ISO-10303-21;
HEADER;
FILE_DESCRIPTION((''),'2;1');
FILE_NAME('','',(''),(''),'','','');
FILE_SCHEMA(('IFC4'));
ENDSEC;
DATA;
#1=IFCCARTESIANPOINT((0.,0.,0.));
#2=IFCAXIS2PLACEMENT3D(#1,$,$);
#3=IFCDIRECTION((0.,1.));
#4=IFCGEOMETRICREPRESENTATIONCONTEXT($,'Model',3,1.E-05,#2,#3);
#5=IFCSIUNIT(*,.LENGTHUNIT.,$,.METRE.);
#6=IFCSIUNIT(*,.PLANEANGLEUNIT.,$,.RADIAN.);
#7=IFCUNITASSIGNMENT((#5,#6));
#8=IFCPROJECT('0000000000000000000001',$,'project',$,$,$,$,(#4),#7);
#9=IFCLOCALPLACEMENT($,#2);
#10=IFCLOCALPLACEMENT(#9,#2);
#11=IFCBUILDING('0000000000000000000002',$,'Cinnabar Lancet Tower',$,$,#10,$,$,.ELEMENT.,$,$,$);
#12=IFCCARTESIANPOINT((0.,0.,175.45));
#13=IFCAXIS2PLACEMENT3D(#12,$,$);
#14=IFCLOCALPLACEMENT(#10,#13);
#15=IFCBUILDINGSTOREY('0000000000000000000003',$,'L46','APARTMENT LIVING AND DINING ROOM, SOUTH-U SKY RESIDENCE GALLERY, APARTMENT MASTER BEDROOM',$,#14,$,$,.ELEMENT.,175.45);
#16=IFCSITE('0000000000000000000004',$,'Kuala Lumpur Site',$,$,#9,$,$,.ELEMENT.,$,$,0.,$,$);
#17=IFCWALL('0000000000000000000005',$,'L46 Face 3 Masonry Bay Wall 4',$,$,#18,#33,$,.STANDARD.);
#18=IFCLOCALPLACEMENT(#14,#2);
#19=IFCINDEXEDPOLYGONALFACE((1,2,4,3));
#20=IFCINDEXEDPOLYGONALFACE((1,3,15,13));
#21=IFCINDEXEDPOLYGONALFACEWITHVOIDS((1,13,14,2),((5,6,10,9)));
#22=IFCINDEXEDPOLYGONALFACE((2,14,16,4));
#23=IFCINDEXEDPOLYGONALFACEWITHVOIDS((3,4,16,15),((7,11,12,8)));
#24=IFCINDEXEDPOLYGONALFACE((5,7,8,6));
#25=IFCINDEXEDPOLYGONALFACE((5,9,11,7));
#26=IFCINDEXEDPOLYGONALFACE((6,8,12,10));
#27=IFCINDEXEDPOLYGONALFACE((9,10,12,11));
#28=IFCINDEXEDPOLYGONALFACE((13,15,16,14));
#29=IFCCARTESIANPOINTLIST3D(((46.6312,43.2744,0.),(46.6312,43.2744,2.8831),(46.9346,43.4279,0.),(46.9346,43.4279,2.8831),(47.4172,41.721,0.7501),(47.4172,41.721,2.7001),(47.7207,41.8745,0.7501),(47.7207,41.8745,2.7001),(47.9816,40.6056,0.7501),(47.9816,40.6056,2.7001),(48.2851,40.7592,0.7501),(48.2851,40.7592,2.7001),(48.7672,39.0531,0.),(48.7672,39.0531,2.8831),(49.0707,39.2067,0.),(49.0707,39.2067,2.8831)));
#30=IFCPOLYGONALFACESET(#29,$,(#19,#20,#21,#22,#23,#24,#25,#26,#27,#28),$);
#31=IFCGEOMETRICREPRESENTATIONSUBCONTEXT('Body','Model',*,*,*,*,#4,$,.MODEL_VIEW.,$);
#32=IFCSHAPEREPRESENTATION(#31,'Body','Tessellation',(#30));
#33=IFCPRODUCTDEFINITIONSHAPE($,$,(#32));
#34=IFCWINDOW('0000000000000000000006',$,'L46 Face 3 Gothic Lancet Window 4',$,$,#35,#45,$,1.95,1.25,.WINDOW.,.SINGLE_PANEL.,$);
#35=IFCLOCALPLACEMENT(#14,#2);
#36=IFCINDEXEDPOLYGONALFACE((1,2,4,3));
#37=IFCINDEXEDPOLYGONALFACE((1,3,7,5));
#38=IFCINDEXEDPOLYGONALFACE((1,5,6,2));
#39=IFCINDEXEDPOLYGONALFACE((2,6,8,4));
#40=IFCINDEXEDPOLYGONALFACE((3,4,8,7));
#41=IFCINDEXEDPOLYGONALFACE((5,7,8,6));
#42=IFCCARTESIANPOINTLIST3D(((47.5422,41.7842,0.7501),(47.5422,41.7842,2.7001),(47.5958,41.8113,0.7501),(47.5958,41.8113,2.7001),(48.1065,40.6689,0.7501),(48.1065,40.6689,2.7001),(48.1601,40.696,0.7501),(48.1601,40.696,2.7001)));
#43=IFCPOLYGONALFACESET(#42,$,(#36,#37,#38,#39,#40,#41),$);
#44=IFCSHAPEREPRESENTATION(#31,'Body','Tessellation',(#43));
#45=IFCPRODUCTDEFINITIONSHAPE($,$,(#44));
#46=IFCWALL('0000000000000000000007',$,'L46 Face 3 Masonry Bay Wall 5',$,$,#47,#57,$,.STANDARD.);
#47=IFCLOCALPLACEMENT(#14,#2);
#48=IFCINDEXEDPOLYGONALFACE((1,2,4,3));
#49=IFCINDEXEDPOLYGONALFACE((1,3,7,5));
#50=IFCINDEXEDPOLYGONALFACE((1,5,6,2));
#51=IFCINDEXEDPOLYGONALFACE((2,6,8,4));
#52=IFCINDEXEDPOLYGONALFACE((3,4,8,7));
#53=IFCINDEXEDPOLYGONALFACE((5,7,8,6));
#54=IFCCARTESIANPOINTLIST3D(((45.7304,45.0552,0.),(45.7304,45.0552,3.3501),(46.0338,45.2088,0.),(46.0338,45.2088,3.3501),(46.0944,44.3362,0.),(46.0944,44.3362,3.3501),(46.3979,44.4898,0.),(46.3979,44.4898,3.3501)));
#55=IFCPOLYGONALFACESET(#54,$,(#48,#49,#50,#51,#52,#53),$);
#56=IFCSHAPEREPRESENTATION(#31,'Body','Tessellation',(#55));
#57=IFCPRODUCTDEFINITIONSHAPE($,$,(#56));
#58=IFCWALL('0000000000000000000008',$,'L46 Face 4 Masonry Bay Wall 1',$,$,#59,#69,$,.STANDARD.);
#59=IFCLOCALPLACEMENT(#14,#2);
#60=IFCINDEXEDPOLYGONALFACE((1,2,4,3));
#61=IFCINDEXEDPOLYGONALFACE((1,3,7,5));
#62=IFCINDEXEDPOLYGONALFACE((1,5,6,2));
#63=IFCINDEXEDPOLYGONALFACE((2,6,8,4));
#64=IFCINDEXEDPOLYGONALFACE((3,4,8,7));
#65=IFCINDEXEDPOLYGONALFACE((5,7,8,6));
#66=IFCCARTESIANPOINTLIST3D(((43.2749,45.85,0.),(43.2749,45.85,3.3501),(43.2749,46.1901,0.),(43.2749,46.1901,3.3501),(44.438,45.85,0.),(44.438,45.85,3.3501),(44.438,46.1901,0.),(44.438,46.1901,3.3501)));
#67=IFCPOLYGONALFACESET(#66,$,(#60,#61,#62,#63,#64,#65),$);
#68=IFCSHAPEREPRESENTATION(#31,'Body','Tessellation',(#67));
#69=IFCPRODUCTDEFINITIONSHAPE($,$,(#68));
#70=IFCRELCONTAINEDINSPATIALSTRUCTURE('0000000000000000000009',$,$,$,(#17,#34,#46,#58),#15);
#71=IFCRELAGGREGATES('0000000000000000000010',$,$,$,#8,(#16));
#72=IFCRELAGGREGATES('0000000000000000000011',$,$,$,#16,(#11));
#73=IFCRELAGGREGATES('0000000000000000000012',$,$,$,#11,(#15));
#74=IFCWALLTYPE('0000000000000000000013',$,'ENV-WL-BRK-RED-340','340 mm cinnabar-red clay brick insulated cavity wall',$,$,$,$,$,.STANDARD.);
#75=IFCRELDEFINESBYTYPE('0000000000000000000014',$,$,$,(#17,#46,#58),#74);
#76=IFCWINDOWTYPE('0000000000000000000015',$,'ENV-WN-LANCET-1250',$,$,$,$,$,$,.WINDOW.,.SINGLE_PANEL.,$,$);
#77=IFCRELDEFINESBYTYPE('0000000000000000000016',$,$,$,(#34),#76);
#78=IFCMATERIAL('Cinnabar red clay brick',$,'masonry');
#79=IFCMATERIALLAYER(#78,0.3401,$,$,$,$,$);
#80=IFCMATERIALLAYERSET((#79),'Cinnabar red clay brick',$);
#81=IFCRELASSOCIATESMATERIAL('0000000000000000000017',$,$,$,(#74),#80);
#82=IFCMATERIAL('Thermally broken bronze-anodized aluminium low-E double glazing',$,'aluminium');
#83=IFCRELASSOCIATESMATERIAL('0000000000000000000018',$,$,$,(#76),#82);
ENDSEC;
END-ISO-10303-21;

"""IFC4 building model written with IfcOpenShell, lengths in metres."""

from ifc_helpers import new_model, si_unit, direction, frame, frame_2d, origin, place, context, subcontext, project, spatial, rectangle, extrude, material, layer, layer_set, type_object, element, fill, save


model = new_model("IFC4")

# Units and contexts
model_context = context("Model", 3, precision=1e-05, world=origin(), true_north=direction((0.0, 1.0)))
body_context = subcontext(model_context, "Body", "Model", "MODEL_VIEW")
ifc_project = project(units=[si_unit("LENGTHUNIT", "METRE"), si_unit("PLANEANGLEUNIT", "RADIAN")], contexts=[model_context])

# Site, building, storey
site_placement = place(None, origin())
site = spatial("IfcSite", under=ifc_project, at=site_placement, Name="Kuala Lumpur Site", CompositionType="ELEMENT", RefElevation=0.0)
building_placement = place(site_placement, origin())
building = spatial("IfcBuilding", under=site, at=building_placement, Name="Cinnabar Lancet Tower", CompositionType="ELEMENT")
storey_placement = place(building_placement, frame((0.0, 0.0, 175.45)))
storey = spatial("IfcBuildingStorey", under=building, at=storey_placement, Name="L46", Description="APARTMENT LIVING AND DINING ROOM, SOUTH-U SKY RESIDENCE GALLERY, APARTMENT MASTER BEDROOM", CompositionType="ELEMENT", Elevation=175.45)

# Shared definitions
ifc_material_1 = material(Name="Cinnabar red clay brick", Category="masonry")
ifc_layer_1 = layer(ifc_material_1, 0.3401)
ifc_layer_set_1 = layer_set([ifc_layer_1], Name="Cinnabar red clay brick")
wall_type_1 = type_object("IfcWallType", Name="ENV-WL-BRK-RED-340", Description="340 mm cinnabar-red clay brick insulated cavity wall", PredefinedType="STANDARD", material=ifc_layer_set_1)

# Wall, opening, window
wall_1_placement = place(storey_placement, frame((48.9189, 39.1299, 0.0), z_axis=(0.0, 0.0, 1.0), x_axis=(-0.451502, 0.89227, 0.0)))
wall_1 = element("IfcWall", 1, at=wall_1_placement, inside=storey, type_object=wall_type_1, Name="L46 Face 3 Masonry Bay Wall 4", PredefinedType="STANDARD", context=body_context, shape_type="SweptSolid", body=[
    extrude(rectangle(XDim=4.731, YDim=0.3401, at=frame_2d((2.3655, 0.0))), origin(), (0.0, 0.0, 1.0), 2.8831),
])
opening_placement = place(wall_1_placement, frame((1.74, 0.0, 0.75)))
opening = element("IfcOpeningElement", 2, at=opening_placement, cuts=wall_1, PredefinedType="OPENING", context=body_context, shape_type="SweptSolid", body=[
    extrude(rectangle(XDim=1.25, YDim=1.95, at=frame_2d((0.625, 0.9751))), frame((0.0, 0.1799, 0.0), z_axis=(0.0, -1.0, 0.0), x_axis=(1.0, 0.0, 0.0)), (0.0, 0.0, 1.0), 0.3601),
])
ifc_material_2 = material(Name="Thermally broken bronze-anodized aluminium low-E double glazing", Category="aluminium")
window_type = type_object("IfcWindowType", Name="ENV-WN-LANCET-1250", PartitioningType="SINGLE_PANEL", PredefinedType="WINDOW", material=ifc_material_2)
window_placement = place(opening_placement, origin())
window = element("IfcWindow", 3, at=window_placement, inside=storey, type_object=window_type, Name="L46 Face 3 Gothic Lancet Window 4", OverallHeight=1.95, OverallWidth=1.25, PartitioningType="SINGLE_PANEL", PredefinedType="WINDOW", context=body_context, shape_type="SweptSolid", body=[
    extrude(rectangle(XDim=1.25, YDim=1.95, at=frame_2d((0.625, 0.9751))), frame((0.0, 0.03, 0.0), z_axis=(0.0, -1.0, 0.0), x_axis=(1.0, 0.0, 0.0)), (0.0, 0.0, 1.0), 0.0601),
])
fill(opening, window)

# Walls
wall_2_placement = place(storey_placement, frame((46.2461, 44.4131, 0.0), z_axis=(0.0, 0.0, 1.0), x_axis=(-0.451692, 0.892174, 0.0)))
element("IfcWall", 4, at=wall_2_placement, inside=storey, type_object=wall_type_1, Name="L46 Face 3 Masonry Bay Wall 5", PredefinedType="STANDARD", context=body_context, shape_type="SweptSolid", body=[
    extrude(rectangle(XDim=0.8059, YDim=0.3401, at=frame_2d((0.4028, 0.0))), origin(), (0.0, 0.0, 1.0), 3.3501),
])
wall_3_placement = place(storey_placement, frame((44.438, 46.02, 0.0), z_axis=(0.0, 0.0, 1.0), x_axis=(-1.0, 0.0, 0.0)))
element("IfcWall", 5, at=wall_3_placement, inside=storey, type_object=wall_type_1, Name="L46 Face 4 Masonry Bay Wall 1", PredefinedType="STANDARD", context=body_context, shape_type="SweptSolid", body=[
    extrude(rectangle(XDim=1.1631, YDim=0.3401, at=frame_2d((0.5815, 0.0))), origin(), (0.0, 0.0, 1.0), 3.3501),
])

save(model, "model.ifc")
